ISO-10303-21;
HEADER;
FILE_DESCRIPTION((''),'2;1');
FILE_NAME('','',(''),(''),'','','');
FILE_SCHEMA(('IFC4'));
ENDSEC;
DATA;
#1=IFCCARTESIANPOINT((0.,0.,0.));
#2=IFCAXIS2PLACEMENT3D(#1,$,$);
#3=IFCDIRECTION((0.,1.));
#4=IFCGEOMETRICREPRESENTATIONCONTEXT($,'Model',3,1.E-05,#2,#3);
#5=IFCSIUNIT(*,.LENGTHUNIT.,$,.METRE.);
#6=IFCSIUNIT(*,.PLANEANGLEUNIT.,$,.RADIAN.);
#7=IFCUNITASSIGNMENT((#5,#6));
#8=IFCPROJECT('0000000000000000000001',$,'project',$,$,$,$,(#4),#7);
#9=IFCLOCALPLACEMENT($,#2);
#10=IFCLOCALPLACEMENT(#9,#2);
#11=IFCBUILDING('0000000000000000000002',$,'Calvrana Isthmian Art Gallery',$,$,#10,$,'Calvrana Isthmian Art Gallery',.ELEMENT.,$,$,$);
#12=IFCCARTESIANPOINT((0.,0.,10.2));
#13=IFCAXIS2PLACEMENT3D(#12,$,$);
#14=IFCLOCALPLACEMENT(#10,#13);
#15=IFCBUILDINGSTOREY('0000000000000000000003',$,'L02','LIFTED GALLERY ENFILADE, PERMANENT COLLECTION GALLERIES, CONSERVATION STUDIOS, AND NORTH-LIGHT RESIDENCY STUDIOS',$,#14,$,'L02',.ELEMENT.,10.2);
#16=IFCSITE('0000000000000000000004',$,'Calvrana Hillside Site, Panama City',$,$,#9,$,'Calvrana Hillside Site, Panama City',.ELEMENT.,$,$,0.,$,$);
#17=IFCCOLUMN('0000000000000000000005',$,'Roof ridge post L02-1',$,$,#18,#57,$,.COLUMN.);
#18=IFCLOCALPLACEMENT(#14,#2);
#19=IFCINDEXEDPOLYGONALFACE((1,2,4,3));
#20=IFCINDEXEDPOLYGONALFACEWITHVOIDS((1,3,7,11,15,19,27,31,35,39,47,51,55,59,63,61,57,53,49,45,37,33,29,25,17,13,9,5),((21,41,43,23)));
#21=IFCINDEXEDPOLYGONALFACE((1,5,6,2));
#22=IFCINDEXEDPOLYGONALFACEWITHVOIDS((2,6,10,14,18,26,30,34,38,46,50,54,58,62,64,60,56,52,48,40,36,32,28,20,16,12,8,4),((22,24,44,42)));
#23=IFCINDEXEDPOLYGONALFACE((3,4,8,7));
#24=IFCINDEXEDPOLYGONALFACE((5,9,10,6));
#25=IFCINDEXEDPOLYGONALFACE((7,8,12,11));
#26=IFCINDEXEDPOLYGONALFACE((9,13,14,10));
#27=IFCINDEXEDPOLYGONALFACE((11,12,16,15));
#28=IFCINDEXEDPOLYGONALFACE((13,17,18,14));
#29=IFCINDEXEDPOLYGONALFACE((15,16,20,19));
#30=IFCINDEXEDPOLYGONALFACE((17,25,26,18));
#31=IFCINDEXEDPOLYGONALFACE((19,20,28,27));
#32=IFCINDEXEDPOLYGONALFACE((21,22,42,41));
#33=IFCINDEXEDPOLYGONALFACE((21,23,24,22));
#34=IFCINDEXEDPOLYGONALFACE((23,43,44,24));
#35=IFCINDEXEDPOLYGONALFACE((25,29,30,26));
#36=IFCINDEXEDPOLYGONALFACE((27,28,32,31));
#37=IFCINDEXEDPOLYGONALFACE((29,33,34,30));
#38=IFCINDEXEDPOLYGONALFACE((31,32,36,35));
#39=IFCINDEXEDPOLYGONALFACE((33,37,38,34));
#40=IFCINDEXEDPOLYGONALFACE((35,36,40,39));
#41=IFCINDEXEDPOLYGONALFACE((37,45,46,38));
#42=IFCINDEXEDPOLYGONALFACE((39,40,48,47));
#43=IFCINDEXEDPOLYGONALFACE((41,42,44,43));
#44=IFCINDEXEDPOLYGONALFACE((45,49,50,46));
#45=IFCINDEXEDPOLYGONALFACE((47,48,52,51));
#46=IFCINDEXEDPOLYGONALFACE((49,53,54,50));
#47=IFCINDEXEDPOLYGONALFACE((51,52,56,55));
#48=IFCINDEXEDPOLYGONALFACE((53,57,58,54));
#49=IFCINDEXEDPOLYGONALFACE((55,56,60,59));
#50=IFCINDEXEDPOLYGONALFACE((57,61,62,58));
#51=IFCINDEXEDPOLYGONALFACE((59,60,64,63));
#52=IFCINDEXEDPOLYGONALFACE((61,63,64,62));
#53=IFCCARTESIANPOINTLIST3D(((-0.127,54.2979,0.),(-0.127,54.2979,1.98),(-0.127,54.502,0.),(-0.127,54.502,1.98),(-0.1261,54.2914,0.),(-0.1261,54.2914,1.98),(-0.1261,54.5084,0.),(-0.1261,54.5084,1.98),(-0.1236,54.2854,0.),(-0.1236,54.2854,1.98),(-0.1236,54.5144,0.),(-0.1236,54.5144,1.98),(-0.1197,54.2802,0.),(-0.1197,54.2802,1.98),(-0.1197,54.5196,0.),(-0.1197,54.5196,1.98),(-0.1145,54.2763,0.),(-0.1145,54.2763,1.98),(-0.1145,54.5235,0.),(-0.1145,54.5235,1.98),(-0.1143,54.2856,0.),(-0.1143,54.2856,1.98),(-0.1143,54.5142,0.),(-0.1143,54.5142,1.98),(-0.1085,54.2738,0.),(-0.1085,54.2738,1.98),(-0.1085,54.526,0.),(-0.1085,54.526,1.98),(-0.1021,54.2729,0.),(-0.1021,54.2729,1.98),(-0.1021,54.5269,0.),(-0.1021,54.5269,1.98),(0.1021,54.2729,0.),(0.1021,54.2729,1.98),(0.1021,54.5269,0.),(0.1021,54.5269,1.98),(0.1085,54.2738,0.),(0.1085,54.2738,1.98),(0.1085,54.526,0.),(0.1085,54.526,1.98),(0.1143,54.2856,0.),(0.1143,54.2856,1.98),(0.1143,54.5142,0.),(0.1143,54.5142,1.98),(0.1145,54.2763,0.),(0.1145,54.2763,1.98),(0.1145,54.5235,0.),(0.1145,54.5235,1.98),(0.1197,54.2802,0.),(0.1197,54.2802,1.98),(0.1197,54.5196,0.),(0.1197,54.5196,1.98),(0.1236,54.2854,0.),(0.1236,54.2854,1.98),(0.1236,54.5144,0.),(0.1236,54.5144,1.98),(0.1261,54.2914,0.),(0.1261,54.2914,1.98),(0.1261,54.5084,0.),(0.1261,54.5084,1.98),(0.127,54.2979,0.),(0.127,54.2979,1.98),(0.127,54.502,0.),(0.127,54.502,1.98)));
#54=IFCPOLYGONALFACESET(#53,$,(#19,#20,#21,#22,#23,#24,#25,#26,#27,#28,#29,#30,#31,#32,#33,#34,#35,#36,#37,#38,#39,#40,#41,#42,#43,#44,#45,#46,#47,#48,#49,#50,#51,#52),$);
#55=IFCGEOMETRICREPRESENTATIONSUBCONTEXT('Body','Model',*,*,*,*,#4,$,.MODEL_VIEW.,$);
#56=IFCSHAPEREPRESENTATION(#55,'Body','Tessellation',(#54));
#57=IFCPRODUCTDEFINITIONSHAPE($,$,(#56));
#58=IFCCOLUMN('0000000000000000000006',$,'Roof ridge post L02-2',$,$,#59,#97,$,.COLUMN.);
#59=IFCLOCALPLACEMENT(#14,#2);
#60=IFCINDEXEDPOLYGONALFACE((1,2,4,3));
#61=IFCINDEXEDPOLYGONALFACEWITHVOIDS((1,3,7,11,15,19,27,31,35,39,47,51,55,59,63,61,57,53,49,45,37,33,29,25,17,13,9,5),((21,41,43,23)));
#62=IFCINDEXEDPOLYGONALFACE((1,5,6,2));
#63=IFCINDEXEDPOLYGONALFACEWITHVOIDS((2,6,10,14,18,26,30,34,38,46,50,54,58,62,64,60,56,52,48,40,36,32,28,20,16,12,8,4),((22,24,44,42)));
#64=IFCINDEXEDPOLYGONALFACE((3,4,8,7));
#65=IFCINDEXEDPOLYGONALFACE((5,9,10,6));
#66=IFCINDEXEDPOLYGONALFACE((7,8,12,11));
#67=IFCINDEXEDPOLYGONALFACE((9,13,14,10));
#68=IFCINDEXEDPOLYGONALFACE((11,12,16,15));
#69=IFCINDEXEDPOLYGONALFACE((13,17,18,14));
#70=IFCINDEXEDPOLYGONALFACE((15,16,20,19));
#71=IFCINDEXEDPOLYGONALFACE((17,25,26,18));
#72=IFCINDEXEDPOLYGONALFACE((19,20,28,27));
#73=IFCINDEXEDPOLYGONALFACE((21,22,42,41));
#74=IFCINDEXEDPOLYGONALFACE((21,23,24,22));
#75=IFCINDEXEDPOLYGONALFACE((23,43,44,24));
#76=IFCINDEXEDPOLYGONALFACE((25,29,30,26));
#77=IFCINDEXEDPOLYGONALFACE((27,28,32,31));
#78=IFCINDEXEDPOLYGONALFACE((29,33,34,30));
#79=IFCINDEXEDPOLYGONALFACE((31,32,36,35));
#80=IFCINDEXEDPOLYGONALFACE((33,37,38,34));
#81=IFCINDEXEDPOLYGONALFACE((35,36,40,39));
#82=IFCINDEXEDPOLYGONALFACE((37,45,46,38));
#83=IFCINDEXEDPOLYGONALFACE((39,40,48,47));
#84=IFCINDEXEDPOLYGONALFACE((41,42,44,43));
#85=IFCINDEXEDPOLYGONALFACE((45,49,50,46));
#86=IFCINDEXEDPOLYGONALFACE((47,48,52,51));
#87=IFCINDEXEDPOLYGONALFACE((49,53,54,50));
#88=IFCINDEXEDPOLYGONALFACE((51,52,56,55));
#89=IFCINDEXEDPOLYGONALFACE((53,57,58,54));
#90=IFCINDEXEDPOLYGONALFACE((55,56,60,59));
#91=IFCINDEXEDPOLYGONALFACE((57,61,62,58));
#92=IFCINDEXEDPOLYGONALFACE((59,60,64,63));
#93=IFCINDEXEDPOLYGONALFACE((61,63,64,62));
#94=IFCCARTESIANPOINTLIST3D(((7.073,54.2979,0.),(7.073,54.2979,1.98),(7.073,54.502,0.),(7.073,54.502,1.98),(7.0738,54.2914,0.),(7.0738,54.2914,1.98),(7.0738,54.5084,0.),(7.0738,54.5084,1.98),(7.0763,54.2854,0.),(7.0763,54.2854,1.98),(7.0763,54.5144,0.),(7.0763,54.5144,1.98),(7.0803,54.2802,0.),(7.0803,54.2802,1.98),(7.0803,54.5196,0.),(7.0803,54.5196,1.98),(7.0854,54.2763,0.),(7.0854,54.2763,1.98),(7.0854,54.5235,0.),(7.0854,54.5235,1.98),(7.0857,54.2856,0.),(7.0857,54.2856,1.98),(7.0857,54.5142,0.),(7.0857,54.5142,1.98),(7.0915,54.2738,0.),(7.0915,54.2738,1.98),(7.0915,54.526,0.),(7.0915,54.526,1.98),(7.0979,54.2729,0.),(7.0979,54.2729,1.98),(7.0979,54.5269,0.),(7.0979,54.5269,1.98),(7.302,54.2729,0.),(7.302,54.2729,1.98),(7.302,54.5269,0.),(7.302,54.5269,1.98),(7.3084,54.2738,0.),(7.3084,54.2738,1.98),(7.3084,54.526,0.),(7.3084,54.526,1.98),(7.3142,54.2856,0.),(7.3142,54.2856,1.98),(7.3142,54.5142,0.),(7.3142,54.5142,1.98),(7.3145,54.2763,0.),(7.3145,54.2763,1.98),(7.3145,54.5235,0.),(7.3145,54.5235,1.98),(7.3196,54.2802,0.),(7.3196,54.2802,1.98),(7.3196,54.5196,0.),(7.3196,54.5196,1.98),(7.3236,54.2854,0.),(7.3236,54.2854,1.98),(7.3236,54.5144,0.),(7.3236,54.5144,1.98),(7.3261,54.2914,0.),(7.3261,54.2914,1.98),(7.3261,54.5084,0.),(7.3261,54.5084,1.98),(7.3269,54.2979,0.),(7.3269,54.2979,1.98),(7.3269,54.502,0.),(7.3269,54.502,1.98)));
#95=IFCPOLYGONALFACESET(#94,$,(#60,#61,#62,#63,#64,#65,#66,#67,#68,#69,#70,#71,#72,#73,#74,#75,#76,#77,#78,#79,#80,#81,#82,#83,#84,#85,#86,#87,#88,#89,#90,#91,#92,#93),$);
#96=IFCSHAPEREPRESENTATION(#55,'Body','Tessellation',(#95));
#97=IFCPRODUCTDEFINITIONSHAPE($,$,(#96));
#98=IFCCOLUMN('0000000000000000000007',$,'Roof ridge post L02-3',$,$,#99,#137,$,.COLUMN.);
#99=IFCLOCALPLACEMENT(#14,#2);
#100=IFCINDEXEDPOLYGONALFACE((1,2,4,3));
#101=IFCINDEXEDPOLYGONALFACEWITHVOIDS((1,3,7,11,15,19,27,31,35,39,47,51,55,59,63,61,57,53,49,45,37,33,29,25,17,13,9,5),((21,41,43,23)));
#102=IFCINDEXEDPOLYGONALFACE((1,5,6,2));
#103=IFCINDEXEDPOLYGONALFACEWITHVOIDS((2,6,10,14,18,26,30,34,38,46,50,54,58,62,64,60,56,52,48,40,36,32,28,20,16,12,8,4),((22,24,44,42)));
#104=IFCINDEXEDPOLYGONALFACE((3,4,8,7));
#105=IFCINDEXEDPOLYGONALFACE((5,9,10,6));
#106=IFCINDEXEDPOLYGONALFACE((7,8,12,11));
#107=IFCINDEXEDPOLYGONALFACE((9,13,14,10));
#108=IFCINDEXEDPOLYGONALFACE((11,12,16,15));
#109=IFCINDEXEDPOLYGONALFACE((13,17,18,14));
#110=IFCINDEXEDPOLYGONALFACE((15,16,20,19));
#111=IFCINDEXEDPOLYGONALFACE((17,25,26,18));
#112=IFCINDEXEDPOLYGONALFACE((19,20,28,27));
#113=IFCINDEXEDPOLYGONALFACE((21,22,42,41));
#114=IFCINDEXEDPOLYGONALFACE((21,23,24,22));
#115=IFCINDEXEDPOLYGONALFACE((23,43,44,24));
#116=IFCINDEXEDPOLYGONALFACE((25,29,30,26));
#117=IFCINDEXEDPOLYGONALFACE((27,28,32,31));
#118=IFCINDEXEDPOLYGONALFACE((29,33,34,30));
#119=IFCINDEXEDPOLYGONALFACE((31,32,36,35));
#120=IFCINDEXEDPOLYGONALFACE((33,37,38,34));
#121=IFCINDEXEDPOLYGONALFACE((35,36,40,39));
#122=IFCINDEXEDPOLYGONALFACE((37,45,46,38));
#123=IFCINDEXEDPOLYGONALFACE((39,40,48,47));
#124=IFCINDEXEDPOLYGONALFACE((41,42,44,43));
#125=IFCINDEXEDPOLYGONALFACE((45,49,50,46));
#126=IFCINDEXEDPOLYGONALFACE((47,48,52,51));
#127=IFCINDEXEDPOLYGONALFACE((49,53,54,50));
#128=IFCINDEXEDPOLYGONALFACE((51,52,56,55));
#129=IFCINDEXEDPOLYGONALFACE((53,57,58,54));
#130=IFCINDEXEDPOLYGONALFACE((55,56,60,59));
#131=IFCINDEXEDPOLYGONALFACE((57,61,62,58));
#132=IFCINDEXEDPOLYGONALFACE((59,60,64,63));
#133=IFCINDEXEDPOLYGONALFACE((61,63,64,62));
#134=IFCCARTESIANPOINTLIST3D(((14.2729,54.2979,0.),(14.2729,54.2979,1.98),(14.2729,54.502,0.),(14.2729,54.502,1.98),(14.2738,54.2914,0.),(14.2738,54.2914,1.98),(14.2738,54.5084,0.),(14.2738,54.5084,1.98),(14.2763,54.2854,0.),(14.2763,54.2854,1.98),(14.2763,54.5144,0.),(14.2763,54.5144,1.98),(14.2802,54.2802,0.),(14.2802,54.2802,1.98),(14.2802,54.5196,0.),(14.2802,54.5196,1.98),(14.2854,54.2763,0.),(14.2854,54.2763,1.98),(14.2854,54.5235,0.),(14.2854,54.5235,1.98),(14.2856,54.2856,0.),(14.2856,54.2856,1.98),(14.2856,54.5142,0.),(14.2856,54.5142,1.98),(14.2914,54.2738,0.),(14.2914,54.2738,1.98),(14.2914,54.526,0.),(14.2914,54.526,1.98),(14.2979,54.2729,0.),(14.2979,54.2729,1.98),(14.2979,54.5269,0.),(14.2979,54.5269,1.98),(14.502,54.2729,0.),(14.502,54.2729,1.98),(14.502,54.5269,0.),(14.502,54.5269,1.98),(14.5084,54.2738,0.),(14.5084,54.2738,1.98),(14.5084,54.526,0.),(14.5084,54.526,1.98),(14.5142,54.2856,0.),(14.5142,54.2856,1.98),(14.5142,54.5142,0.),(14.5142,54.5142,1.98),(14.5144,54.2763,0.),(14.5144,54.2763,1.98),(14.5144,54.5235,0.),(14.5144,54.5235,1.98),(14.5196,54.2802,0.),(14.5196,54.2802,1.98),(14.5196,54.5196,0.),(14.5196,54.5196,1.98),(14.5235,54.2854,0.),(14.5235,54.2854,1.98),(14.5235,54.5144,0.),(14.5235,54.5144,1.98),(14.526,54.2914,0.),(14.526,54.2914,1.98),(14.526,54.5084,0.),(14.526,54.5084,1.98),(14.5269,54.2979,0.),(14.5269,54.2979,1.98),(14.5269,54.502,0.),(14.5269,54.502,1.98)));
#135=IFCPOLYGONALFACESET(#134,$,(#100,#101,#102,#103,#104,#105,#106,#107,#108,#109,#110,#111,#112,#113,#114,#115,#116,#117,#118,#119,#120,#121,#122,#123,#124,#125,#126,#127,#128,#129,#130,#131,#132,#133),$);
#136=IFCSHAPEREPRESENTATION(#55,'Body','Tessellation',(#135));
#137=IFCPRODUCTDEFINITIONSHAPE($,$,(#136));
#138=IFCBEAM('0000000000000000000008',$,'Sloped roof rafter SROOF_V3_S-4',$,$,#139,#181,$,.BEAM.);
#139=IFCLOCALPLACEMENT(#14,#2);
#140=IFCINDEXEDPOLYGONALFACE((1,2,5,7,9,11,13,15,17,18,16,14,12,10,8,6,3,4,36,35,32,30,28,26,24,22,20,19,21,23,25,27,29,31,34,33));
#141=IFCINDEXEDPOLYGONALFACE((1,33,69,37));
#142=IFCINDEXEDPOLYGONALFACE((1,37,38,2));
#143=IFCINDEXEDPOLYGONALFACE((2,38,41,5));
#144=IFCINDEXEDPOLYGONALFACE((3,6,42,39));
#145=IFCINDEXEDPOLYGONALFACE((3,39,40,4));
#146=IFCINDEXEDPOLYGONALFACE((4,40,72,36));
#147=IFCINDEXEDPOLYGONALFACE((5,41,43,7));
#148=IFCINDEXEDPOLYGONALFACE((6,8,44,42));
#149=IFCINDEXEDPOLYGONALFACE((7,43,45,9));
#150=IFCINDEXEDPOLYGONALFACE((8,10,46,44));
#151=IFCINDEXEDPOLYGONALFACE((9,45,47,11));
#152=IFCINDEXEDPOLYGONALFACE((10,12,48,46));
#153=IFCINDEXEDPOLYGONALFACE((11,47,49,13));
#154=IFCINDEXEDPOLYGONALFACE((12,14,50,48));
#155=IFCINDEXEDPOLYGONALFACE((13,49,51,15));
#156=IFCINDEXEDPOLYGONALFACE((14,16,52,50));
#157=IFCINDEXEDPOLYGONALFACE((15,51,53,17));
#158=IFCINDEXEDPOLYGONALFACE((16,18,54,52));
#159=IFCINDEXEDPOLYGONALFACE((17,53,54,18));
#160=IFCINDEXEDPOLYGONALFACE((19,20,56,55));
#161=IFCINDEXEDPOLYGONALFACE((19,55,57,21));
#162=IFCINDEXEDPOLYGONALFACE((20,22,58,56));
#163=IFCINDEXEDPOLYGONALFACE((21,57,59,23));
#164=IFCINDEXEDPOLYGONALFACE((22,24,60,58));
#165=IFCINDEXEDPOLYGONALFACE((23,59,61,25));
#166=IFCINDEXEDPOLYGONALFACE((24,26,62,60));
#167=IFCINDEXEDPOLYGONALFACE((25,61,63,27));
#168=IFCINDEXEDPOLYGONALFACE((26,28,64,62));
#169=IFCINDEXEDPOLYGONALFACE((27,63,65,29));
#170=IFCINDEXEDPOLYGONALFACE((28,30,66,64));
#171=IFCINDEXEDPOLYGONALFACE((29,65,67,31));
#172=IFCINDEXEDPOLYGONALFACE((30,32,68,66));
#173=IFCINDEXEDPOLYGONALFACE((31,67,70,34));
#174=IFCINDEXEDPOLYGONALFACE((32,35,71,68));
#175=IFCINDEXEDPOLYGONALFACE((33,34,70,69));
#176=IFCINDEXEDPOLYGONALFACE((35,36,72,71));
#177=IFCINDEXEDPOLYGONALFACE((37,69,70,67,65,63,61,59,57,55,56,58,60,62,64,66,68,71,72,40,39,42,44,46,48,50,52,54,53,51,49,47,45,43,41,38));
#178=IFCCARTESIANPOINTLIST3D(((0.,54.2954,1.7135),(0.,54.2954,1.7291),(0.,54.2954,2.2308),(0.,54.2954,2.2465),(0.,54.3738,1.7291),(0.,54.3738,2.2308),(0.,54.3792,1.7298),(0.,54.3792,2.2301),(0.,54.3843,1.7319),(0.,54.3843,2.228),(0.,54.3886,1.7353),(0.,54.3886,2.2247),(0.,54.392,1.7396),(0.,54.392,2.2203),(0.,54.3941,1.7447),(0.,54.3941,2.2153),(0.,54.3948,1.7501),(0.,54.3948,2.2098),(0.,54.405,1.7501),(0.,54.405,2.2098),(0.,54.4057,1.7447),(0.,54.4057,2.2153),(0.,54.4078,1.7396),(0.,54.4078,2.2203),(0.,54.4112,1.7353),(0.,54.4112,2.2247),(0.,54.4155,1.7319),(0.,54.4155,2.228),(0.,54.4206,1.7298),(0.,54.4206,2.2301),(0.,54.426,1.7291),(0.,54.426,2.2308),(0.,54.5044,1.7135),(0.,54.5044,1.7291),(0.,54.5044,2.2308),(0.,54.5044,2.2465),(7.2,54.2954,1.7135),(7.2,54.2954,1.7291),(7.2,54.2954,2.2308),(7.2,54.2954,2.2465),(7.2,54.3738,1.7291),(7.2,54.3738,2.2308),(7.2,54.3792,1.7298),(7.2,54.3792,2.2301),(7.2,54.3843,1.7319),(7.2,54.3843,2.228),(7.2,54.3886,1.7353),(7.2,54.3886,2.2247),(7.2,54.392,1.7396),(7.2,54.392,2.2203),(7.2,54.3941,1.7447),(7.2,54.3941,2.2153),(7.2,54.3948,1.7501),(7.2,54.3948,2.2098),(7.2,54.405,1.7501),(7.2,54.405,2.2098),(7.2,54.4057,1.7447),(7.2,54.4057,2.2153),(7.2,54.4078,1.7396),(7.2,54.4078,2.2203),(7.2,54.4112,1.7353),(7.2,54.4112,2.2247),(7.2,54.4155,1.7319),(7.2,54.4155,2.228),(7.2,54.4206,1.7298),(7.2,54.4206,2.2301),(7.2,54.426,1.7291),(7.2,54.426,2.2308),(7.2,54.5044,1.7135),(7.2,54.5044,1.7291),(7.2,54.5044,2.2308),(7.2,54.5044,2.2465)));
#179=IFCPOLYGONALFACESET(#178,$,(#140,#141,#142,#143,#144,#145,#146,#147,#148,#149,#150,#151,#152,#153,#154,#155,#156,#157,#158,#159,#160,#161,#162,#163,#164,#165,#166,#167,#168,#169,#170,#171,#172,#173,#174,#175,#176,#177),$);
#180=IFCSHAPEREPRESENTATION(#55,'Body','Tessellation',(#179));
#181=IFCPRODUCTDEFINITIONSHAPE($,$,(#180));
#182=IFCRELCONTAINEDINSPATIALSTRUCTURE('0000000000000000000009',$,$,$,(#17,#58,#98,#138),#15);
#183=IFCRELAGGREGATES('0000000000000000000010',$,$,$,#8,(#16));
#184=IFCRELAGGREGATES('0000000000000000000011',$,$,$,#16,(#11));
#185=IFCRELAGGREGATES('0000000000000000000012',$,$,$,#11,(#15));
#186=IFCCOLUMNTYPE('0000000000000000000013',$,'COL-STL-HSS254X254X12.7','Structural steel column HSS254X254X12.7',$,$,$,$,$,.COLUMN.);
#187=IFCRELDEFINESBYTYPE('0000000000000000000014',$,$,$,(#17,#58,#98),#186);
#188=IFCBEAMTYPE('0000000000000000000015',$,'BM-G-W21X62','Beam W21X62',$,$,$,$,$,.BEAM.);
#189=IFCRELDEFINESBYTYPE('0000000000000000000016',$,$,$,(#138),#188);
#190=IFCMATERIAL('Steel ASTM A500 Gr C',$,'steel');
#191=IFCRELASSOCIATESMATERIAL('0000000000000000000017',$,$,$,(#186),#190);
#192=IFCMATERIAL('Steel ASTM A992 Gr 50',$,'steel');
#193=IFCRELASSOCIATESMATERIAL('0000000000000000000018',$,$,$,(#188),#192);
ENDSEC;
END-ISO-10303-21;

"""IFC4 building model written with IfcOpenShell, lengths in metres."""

from ifc_helpers import new_model, si_unit, direction, frame, origin, origin_2d, place, context, subcontext, project, spatial, hollow_rectangle, i_section, extrude, material, material_profile, profile_set, type_object, element, save


model = new_model("IFC4")

# Units and contexts
model_context = context("Model", 3, precision=1e-05, world=origin(), true_north=direction((0.0, 1.0)))
body_context = subcontext(model_context, "Body", "Model", "MODEL_VIEW")
ifc_project = project(units=[si_unit("LENGTHUNIT", "METRE"), si_unit("PLANEANGLEUNIT", "RADIAN")], contexts=[model_context])

# Site, building, storey
site_placement = place(None, origin())
site = spatial("IfcSite", under=ifc_project, at=site_placement, Name="Calvrana Hillside Site, Panama City", LongName="Calvrana Hillside Site, Panama City", CompositionType="ELEMENT", RefElevation=0.0)
building_placement = place(site_placement, origin())
building = spatial("IfcBuilding", under=site, at=building_placement, Name="Calvrana Isthmian Art Gallery", LongName="Calvrana Isthmian Art Gallery", CompositionType="ELEMENT")
storey_placement = place(building_placement, frame((0.0, 0.0, 10.2)))
storey = spatial("IfcBuildingStorey", under=building, at=storey_placement, Name="L02", Description="LIFTED GALLERY ENFILADE, PERMANENT COLLECTION GALLERIES, CONSERVATION STUDIOS, AND NORTH-LIGHT RESIDENCY STUDIOS", LongName="L02", CompositionType="ELEMENT", Elevation=10.2)

# Columns
ifc_material_1 = material(Name="Steel ASTM A500 Gr C", Category="steel")
ifc_material_profile_1 = material_profile(ifc_material_1, hollow_rectangle(XDim=0.2539, YDim=0.2539, WallThickness=0.0127, OuterFilletRadius=0.0249, at=origin_2d()), Name="HSS254X254X12.7")
ifc_profile_set_1 = profile_set([ifc_material_profile_1], Name="Steel ASTM A500 Gr C")
column_type = type_object("IfcColumnType", Name="COL-STL-HSS254X254X12.7", Description="Structural steel column HSS254X254X12.7", PredefinedType="COLUMN", material=ifc_profile_set_1)
for number, where, z_axis, x_axis, name in (
    (1, (0.0, 54.3999, 0.0), (0.0, 0.0, 1.0), (1.0, 0.0, 0.0), "Roof ridge post L02-1"),
    (2, (7.2, 54.3999, 0.0), (0.0, 0.0, 1.0), (1.0, 0.0, 0.0), "Roof ridge post L02-2"),
    (3, (14.3999, 54.3999, 0.0), (0.0, 0.0, 1.0), (1.0, 0.0, 0.0), "Roof ridge post L02-3"),
):
    element("IfcColumn", number, at=place(storey_placement, frame(where, z_axis=z_axis, x_axis=x_axis)), inside=storey, type_object=column_type, Name=name, PredefinedType="COLUMN", context=body_context, shape_type="SweptSolid", body=[
        extrude(hollow_rectangle(XDim=0.2539, YDim=0.2539, WallThickness=0.0127, OuterFilletRadius=0.0249, at=origin_2d()), origin(), (0.0, 0.0, 1.0), 1.98),
    ])

# Beam
ifc_material_2 = material(Name="Steel ASTM A992 Gr 50", Category="steel")
ifc_material_profile_2 = material_profile(ifc_material_2, i_section(OverallWidth=0.209, OverallDepth=0.533, WebThickness=0.0103, FlangeThickness=0.0156, FilletRadius=0.021, at=origin_2d()), Name="W21X62")
ifc_profile_set_2 = profile_set([ifc_material_profile_2], Name="Steel ASTM A992 Gr 50")
beam_type = type_object("IfcBeamType", Name="BM-G-W21X62", Description="Beam W21X62", PredefinedType="BEAM", material=ifc_profile_set_2)
for number, where, z_axis, x_axis, name in (
    (4, (0.0, 54.3999, 1.98), (1.0, 0.0, 0.0), (0.0, 1.0, 0.0), "Sloped roof rafter SROOF_V3_S-4"),
):
    element("IfcBeam", number, at=place(storey_placement, frame(where, z_axis=z_axis, x_axis=x_axis)), inside=storey, type_object=beam_type, Name=name, PredefinedType="BEAM", context=body_context, shape_type="SweptSolid", body=[
        extrude(i_section(OverallWidth=0.209, OverallDepth=0.533, WebThickness=0.0103, FlangeThickness=0.0156, FilletRadius=0.021, at=origin_2d()), origin(), (0.0, 0.0, 1.0), 7.2),
    ])

save(model, "model.ifc")
